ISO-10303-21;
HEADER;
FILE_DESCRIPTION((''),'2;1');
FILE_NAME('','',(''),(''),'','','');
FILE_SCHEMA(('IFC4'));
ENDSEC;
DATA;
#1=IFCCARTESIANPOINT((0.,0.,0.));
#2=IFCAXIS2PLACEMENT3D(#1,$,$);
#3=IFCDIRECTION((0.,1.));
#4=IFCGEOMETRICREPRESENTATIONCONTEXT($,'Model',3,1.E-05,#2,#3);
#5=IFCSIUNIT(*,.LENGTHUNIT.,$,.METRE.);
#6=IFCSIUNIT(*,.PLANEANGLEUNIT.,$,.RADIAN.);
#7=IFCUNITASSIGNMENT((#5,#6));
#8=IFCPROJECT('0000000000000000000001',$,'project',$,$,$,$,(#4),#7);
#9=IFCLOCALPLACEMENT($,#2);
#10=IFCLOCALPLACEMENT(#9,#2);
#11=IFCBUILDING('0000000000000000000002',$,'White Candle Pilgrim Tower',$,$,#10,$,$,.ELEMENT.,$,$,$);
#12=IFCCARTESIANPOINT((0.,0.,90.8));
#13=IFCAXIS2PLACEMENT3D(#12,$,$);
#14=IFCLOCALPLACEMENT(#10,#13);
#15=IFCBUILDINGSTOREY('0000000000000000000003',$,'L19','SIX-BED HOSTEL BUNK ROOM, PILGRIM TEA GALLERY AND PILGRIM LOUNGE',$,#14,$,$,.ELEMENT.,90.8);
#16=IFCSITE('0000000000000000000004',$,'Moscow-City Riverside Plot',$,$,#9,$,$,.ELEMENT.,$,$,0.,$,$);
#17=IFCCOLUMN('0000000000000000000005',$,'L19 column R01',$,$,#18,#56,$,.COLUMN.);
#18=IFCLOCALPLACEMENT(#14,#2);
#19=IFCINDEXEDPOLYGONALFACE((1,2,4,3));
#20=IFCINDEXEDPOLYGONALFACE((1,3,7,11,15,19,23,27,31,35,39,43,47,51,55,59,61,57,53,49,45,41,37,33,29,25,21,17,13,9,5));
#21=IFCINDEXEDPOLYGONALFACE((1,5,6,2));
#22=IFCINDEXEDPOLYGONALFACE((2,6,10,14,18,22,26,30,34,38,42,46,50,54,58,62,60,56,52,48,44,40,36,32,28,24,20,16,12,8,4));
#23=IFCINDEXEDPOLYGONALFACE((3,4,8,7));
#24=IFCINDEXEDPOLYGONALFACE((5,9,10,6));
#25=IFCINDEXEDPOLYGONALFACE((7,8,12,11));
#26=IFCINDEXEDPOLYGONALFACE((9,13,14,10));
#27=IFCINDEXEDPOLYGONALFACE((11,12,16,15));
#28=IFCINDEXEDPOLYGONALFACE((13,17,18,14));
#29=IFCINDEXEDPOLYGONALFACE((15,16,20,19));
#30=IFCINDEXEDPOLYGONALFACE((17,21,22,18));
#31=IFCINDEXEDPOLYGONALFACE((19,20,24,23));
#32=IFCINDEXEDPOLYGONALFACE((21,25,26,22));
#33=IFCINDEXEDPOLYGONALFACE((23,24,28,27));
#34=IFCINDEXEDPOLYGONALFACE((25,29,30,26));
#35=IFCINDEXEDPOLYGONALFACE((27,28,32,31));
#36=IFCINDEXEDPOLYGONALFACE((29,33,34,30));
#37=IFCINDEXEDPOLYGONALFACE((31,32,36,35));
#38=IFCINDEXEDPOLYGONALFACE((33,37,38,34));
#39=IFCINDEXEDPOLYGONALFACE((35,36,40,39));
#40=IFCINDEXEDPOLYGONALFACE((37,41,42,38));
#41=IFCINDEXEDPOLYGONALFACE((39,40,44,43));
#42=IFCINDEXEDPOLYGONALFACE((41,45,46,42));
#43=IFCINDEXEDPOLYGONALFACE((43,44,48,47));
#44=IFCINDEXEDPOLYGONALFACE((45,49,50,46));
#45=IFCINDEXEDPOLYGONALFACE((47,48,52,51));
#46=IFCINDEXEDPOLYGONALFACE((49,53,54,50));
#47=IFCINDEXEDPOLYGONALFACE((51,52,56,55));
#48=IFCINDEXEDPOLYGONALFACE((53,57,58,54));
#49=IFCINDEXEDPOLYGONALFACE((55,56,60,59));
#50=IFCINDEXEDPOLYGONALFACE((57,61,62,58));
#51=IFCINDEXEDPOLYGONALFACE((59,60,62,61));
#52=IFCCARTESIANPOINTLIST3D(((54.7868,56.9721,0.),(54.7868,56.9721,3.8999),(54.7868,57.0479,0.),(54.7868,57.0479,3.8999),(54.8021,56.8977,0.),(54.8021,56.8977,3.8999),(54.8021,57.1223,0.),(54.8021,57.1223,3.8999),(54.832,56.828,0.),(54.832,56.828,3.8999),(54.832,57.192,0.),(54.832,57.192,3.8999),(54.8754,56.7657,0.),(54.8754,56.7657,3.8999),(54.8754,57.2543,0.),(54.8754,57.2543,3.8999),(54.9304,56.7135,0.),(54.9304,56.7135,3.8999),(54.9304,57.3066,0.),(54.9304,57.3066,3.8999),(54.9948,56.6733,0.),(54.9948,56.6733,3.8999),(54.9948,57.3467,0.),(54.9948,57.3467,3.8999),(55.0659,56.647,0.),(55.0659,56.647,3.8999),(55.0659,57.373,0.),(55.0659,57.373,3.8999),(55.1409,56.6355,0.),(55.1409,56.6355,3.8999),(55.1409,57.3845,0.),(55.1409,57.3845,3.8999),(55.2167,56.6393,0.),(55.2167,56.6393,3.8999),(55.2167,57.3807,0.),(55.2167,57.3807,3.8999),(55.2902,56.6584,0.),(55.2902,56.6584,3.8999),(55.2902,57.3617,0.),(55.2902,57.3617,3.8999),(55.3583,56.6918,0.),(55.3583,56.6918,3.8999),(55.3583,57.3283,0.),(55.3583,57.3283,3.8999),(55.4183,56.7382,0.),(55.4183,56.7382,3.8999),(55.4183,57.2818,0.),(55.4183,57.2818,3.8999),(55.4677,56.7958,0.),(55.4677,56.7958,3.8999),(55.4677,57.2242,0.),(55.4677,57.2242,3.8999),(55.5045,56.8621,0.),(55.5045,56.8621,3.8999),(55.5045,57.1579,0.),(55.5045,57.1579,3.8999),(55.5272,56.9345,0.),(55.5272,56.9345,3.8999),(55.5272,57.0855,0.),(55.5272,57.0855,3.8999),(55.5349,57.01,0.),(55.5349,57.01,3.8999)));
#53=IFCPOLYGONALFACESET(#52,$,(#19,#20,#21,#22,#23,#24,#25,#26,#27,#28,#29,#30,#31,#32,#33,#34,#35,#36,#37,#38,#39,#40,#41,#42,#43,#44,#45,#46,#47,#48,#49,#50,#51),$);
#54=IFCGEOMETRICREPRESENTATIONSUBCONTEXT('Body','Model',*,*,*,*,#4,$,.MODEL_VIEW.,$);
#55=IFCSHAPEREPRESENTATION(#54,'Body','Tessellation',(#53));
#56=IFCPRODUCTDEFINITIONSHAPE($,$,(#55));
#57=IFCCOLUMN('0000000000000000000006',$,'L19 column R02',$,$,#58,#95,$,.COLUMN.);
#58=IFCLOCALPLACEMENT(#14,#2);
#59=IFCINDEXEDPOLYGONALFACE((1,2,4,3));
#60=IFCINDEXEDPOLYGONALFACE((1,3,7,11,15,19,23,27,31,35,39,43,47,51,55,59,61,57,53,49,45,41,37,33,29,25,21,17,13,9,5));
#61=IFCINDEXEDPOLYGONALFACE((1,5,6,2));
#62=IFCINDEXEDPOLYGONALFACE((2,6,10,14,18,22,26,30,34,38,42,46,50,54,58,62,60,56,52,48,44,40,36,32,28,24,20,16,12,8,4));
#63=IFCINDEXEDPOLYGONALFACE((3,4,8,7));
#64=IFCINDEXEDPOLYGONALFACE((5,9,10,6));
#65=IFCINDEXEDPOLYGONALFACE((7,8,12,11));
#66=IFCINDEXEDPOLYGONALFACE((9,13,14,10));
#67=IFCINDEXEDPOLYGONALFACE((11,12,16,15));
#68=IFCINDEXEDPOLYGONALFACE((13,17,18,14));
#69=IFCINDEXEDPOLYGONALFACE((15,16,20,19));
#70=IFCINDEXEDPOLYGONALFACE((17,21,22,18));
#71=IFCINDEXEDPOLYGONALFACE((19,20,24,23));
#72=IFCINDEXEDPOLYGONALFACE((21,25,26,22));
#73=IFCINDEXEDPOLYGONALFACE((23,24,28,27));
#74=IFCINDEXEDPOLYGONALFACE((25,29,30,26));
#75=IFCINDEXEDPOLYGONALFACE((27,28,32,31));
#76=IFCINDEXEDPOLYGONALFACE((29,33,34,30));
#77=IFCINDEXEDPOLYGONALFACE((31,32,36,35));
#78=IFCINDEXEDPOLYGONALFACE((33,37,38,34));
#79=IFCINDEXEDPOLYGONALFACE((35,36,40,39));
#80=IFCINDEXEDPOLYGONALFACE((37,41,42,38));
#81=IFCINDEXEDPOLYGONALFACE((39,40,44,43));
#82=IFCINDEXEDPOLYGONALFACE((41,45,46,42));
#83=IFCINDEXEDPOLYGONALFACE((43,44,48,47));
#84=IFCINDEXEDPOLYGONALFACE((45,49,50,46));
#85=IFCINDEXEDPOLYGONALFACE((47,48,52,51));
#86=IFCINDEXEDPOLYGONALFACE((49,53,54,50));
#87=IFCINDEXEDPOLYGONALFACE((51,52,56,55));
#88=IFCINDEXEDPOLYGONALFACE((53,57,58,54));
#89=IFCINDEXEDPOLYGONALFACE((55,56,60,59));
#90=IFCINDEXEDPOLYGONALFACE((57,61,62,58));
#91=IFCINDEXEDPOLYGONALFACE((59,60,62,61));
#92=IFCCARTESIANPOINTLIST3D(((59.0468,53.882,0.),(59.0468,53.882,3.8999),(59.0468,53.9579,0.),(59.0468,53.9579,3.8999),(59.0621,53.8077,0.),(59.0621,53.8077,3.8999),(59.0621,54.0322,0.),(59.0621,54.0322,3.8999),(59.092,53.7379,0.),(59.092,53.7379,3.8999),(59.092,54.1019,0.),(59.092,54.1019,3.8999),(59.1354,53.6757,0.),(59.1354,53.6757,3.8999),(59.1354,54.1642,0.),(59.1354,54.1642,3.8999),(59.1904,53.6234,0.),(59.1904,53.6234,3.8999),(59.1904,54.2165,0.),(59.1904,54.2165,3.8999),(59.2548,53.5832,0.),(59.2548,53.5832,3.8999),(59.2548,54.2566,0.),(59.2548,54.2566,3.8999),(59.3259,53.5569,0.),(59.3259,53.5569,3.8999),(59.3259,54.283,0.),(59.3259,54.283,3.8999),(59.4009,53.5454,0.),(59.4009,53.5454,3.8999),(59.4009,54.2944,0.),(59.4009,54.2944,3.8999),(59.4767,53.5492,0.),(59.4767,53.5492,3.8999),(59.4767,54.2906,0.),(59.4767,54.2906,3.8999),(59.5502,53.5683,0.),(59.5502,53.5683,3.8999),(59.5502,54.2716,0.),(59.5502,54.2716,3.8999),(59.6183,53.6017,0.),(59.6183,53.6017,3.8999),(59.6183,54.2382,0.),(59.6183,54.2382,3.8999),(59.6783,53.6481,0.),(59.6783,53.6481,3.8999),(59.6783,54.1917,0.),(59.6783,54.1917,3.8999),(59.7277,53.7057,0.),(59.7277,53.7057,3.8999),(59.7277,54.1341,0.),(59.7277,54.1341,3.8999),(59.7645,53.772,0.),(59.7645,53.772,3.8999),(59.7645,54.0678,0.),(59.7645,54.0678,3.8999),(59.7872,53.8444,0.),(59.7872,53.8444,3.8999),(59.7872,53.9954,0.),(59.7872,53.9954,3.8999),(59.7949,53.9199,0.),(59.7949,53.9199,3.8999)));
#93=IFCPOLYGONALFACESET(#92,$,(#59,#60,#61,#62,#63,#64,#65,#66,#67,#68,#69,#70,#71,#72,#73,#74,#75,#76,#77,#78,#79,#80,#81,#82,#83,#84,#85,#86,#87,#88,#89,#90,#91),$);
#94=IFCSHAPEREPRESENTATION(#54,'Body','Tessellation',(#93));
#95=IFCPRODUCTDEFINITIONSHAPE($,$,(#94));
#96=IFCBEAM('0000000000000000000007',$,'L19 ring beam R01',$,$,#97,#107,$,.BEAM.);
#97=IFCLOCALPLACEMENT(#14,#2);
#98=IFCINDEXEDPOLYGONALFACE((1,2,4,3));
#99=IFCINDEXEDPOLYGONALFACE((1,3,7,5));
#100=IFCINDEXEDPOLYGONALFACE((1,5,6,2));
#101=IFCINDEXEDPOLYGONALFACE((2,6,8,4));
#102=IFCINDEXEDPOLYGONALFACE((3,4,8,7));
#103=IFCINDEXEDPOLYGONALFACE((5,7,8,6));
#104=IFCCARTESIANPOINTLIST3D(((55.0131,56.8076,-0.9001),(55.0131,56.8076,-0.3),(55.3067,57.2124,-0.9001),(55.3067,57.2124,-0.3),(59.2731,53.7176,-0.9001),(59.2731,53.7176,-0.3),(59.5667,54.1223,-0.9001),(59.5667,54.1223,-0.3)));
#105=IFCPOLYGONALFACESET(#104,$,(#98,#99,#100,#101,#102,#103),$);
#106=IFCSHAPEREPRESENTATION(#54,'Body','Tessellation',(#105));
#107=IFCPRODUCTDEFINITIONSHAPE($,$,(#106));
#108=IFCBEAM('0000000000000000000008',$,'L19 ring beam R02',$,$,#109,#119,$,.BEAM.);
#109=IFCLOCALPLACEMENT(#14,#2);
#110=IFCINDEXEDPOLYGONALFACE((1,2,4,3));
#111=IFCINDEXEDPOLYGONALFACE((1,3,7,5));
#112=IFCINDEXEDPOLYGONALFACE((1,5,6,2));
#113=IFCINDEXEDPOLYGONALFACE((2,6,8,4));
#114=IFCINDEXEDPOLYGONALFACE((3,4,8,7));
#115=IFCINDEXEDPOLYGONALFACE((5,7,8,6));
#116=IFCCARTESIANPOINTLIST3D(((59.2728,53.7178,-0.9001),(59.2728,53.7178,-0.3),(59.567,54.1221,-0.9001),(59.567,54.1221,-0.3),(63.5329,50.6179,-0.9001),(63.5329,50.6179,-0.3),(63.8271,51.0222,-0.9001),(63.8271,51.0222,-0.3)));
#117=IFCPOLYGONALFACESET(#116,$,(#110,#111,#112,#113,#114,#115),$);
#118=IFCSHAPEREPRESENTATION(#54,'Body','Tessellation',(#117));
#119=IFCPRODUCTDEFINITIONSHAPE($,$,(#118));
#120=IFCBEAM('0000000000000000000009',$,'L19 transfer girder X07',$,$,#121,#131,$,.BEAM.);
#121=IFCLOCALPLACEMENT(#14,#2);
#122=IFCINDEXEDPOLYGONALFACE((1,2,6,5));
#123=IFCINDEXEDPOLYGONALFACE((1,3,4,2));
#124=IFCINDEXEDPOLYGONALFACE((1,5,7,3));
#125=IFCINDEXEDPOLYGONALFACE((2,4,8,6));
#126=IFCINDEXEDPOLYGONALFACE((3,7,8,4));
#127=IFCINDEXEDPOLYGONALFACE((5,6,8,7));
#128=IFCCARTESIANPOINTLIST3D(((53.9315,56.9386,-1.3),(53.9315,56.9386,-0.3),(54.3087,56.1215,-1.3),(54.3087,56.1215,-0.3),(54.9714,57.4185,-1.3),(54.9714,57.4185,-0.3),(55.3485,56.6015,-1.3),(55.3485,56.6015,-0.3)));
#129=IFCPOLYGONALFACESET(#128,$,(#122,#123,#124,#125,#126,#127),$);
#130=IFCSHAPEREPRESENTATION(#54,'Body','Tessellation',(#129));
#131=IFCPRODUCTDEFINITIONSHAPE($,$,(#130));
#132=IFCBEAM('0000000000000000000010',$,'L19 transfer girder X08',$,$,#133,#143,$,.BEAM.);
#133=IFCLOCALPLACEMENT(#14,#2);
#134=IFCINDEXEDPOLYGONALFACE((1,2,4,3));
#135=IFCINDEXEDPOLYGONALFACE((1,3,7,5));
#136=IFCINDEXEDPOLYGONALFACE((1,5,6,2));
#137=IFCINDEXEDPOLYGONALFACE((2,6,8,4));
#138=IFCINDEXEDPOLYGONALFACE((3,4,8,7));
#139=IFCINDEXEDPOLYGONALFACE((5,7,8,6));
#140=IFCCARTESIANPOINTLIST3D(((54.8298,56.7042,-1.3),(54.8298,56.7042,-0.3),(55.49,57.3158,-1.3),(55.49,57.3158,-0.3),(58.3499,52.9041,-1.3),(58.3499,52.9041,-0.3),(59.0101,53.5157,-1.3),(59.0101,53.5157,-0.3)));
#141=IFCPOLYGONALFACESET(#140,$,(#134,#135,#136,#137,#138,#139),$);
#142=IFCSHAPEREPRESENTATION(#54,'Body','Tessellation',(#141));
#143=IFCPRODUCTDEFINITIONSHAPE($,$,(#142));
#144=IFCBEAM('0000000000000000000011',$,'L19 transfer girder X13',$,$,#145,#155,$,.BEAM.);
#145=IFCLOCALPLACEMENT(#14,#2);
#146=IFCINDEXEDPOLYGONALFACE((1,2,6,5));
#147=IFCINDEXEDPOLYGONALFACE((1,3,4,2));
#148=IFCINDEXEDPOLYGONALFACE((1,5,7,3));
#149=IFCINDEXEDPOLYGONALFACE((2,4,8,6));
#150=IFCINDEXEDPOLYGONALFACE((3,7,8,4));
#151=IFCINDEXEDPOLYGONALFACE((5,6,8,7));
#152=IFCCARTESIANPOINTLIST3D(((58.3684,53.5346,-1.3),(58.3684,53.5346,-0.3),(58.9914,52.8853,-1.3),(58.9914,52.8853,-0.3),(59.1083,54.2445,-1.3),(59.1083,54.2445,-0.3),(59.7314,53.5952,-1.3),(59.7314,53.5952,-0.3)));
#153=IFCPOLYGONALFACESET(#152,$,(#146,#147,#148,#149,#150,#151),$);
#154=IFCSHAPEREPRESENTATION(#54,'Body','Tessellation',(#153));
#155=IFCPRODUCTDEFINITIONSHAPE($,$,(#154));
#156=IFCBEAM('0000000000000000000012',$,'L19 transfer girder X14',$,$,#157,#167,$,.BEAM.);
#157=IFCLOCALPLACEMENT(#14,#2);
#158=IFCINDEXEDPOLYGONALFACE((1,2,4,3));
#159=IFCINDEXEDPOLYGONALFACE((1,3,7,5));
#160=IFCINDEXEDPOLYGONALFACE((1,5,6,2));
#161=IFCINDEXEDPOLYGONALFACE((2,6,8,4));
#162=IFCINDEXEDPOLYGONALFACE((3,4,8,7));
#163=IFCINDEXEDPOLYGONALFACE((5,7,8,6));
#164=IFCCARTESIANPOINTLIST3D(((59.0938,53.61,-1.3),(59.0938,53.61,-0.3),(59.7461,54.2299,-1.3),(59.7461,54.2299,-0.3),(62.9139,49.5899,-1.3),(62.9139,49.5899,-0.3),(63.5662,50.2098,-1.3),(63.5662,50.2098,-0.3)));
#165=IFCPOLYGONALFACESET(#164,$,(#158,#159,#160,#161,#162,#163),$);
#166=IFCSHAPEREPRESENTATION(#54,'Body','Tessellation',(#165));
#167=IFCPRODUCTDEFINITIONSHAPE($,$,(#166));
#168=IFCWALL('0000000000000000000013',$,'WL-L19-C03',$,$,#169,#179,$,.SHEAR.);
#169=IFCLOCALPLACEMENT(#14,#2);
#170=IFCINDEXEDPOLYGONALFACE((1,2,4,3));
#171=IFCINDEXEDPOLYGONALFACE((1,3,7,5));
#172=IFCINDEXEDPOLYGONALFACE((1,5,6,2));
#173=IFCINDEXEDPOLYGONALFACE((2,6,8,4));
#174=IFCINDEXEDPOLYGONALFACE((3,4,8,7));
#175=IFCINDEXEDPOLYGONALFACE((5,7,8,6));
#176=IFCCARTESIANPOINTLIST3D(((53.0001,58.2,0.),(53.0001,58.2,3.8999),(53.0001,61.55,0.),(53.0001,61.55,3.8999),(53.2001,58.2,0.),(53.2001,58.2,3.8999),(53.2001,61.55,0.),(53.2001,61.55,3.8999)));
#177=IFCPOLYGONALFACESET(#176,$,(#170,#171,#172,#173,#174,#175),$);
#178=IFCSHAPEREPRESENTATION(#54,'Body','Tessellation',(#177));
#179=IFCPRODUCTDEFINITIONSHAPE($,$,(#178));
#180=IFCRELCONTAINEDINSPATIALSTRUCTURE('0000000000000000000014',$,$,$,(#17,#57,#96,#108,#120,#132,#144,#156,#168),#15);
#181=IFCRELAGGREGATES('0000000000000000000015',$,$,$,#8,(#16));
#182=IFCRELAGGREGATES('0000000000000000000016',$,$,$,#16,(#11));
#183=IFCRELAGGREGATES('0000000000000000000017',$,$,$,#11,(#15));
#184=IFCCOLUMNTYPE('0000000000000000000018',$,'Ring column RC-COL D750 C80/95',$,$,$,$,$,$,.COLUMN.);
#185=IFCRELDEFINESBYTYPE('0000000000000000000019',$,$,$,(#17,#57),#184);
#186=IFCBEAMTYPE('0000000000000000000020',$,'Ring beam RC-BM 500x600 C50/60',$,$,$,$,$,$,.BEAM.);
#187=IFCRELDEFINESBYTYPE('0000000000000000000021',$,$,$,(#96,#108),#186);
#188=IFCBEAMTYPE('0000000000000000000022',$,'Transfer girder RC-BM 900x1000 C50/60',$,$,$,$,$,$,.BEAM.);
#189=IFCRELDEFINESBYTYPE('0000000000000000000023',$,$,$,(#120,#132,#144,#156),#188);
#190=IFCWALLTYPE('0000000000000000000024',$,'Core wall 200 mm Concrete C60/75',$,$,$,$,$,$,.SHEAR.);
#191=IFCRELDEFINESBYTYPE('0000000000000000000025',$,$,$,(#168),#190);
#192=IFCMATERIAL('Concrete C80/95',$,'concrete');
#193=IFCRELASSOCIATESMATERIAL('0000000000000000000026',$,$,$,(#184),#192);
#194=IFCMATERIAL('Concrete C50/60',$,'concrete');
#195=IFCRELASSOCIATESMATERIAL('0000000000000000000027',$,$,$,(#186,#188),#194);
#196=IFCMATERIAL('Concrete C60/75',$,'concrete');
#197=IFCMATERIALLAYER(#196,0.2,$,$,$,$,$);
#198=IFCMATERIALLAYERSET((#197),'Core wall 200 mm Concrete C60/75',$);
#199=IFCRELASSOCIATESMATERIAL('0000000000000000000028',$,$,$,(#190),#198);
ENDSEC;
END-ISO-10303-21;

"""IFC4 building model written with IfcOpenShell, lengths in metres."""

from ifc_helpers import new_model, si_unit, direction, frame, frame_2d, origin, origin_2d, place, context, subcontext, project, spatial, rectangle, circle, extrude, material, layer, layer_set, material_profile, profile_set, type_object, element, save


model = new_model("IFC4")

# Units and contexts
model_context = context("Model", 3, precision=1e-05, world=origin(), true_north=direction((0.0, 1.0)))
body_context = subcontext(model_context, "Body", "Model", "MODEL_VIEW")
ifc_project = project(units=[si_unit("LENGTHUNIT", "METRE"), si_unit("PLANEANGLEUNIT", "RADIAN")], contexts=[model_context])

# Site, building, storey
site_placement = place(None, origin())
site = spatial("IfcSite", under=ifc_project, at=site_placement, Name="Moscow-City Riverside Plot", CompositionType="ELEMENT", RefElevation=0.0)
building_placement = place(site_placement, origin())
building = spatial("IfcBuilding", under=site, at=building_placement, Name="White Candle Pilgrim Tower", CompositionType="ELEMENT")
storey_placement = place(building_placement, frame((0.0, 0.0, 90.8)))
storey = spatial("IfcBuildingStorey", under=building, at=storey_placement, Name="L19", Description="SIX-BED HOSTEL BUNK ROOM, PILGRIM TEA GALLERY AND PILGRIM LOUNGE", CompositionType="ELEMENT", Elevation=90.8)

# Columns
ifc_material_1 = material(Name="Concrete C80/95", Category="concrete")
ifc_material_profile_1 = material_profile(ifc_material_1, circle(Radius=0.375, at=origin_2d()), Name="RC-COL D750")
ifc_profile_set_1 = profile_set([ifc_material_profile_1], Name="Concrete C80/95")
column_type = type_object("IfcColumnType", Name="Ring column RC-COL D750 C80/95", PredefinedType="COLUMN", material=ifc_profile_set_1)
for number, where, z_axis, x_axis, name in (
    (1, (55.1599, 57.01, 0.0), (0.0, 0.0, 1.0), (1.0, 0.0, 0.0), "L19 column R01"),
    (2, (59.4199, 53.9199, 0.0), (0.0, 0.0, 1.0), (1.0, 0.0, 0.0), "L19 column R02"),
):
    element("IfcColumn", number, at=place(storey_placement, frame(where, z_axis=z_axis, x_axis=x_axis)), inside=storey, type_object=column_type, Name=name, PredefinedType="COLUMN", context=body_context, shape_type="SweptSolid", body=[
        extrude(circle(Radius=0.375, at=origin_2d()), origin(), (0.0, 0.0, 1.0), 3.8999),
    ])

# Beams
ifc_material_2 = material(Name="Concrete C50/60", Category="concrete")
ifc_material_profile_2 = material_profile(ifc_material_2, rectangle(XDim=0.5, YDim=0.6001, at=origin_2d()), Name="RC-BM 500x600")
ifc_profile_set_2 = profile_set([ifc_material_profile_2], Name="Concrete C50/60")
beam_type_1 = type_object("IfcBeamType", Name="Ring beam RC-BM 500x600 C50/60", PredefinedType="BEAM", material=ifc_profile_set_2)
beam_1_placement = place(storey_placement, frame((55.1599, 57.01, -0.6001), z_axis=(0.809468, -0.587164, 0.0), x_axis=(0.587164, 0.809468, 0.0)))
element("IfcBeam", 3, at=beam_1_placement, inside=storey, type_object=beam_type_1, Name="L19 ring beam R01", PredefinedType="BEAM", context=body_context, shape_type="SweptSolid", body=[
    extrude(rectangle(XDim=0.5, YDim=0.6001, at=origin_2d()), origin(), (0.0, 0.0, 1.0), 5.2627),
])
beam_2_placement = place(storey_placement, frame((59.4199, 53.9199, -0.6001), z_axis=(0.808586, -0.588378, 0.0), x_axis=(0.588378, 0.808586, 0.0)))
element("IfcBeam", 4, at=beam_2_placement, inside=storey, type_object=beam_type_1, Name="L19 ring beam R02", PredefinedType="BEAM", context=body_context, shape_type="SweptSolid", body=[
    extrude(rectangle(XDim=0.5, YDim=0.6001, at=origin_2d()), origin(), (0.0, 0.0, 1.0), 5.2686),
])
ifc_material_profile_3 = material_profile(ifc_material_2, rectangle(XDim=0.8999, YDim=1.0, at=origin_2d()), Name="RC-BM 900x1000")
ifc_profile_set_3 = profile_set([ifc_material_profile_3], Name="Concrete C50/60")
beam_type_2 = type_object("IfcBeamType", Name="Transfer girder RC-BM 900x1000 C50/60", PredefinedType="BEAM", material=ifc_profile_set_3)
beam_3_placement = place(storey_placement, frame((54.1201, 56.53, -0.8), z_axis=(0.907934, 0.419112, 0.0), x_axis=(-0.419112, 0.907934, 0.0)))
element("IfcBeam", 5, at=beam_3_placement, inside=storey, type_object=beam_type_2, Name="L19 transfer girder X07", PredefinedType="BEAM", context=body_context, shape_type="SweptSolid", body=[
    extrude(rectangle(XDim=0.8999, YDim=1.0, at=origin_2d()), origin(), (0.0, 0.0, 1.0), 1.1453),
])
beam_4_placement = place(storey_placement, frame((55.1599, 57.01, -0.8), z_axis=(0.679559, -0.733621, 0.0), x_axis=(0.733621, 0.679559, 0.0)))
element("IfcBeam", 6, at=beam_4_placement, inside=storey, type_object=beam_type_2, Name="L19 transfer girder X08", PredefinedType="BEAM", context=body_context, shape_type="SweptSolid", body=[
    extrude(rectangle(XDim=0.8999, YDim=1.0, at=origin_2d()), origin(), (0.0, 0.0, 1.0), 5.1799),
])
beam_5_placement = place(storey_placement, frame((58.6799, 53.21, -0.8), z_axis=(0.721597, 0.692314, 0.0), x_axis=(-0.692314, 0.721597, 0.0)))
element("IfcBeam", 7, at=beam_5_placement, inside=storey, type_object=beam_type_2, Name="L19 transfer girder X13", PredefinedType="BEAM", context=body_context, shape_type="SweptSolid", body=[
    extrude(rectangle(XDim=0.8999, YDim=1.0, at=origin_2d()), origin(), (0.0, 0.0, 1.0), 1.0254),
])
beam_6_placement = place(storey_placement, frame((59.4199, 53.9199, -0.8), z_axis=(0.688849, -0.724905, 0.0), x_axis=(0.724905, 0.688849, 0.0)))
element("IfcBeam", 8, at=beam_6_placement, inside=storey, type_object=beam_type_2, Name="L19 transfer girder X14", PredefinedType="BEAM", context=body_context, shape_type="SweptSolid", body=[
    extrude(rectangle(XDim=0.8999, YDim=1.0, at=origin_2d()), origin(), (0.0, 0.0, 1.0), 5.5457),
])

# Wall
ifc_material_3 = material(Name="Concrete C60/75", Category="concrete")
ifc_layer_1 = layer(ifc_material_3, 0.2)
ifc_layer_set_1 = layer_set([ifc_layer_1], Name="Core wall 200 mm Concrete C60/75")
wall_type_1 = type_object("IfcWallType", Name="Core wall 200 mm Concrete C60/75", PredefinedType="SHEAR", material=ifc_layer_set_1)
wall_1_placement = place(storey_placement, frame((53.1001, 58.2, 0.0), z_axis=(0.0, 0.0, 1.0), x_axis=(0.0, 1.0, 0.0)))
element("IfcWall", 9, at=wall_1_placement, inside=storey, type_object=wall_type_1, Name="WL-L19-C03", PredefinedType="SHEAR", context=body_context, shape_type="SweptSolid", body=[
    extrude(rectangle(XDim=3.3501, YDim=0.2, at=frame_2d((1.675, 0.0))), origin(), (0.0, 0.0, 1.0), 3.8999),
])

save(model, "model.ifc")
